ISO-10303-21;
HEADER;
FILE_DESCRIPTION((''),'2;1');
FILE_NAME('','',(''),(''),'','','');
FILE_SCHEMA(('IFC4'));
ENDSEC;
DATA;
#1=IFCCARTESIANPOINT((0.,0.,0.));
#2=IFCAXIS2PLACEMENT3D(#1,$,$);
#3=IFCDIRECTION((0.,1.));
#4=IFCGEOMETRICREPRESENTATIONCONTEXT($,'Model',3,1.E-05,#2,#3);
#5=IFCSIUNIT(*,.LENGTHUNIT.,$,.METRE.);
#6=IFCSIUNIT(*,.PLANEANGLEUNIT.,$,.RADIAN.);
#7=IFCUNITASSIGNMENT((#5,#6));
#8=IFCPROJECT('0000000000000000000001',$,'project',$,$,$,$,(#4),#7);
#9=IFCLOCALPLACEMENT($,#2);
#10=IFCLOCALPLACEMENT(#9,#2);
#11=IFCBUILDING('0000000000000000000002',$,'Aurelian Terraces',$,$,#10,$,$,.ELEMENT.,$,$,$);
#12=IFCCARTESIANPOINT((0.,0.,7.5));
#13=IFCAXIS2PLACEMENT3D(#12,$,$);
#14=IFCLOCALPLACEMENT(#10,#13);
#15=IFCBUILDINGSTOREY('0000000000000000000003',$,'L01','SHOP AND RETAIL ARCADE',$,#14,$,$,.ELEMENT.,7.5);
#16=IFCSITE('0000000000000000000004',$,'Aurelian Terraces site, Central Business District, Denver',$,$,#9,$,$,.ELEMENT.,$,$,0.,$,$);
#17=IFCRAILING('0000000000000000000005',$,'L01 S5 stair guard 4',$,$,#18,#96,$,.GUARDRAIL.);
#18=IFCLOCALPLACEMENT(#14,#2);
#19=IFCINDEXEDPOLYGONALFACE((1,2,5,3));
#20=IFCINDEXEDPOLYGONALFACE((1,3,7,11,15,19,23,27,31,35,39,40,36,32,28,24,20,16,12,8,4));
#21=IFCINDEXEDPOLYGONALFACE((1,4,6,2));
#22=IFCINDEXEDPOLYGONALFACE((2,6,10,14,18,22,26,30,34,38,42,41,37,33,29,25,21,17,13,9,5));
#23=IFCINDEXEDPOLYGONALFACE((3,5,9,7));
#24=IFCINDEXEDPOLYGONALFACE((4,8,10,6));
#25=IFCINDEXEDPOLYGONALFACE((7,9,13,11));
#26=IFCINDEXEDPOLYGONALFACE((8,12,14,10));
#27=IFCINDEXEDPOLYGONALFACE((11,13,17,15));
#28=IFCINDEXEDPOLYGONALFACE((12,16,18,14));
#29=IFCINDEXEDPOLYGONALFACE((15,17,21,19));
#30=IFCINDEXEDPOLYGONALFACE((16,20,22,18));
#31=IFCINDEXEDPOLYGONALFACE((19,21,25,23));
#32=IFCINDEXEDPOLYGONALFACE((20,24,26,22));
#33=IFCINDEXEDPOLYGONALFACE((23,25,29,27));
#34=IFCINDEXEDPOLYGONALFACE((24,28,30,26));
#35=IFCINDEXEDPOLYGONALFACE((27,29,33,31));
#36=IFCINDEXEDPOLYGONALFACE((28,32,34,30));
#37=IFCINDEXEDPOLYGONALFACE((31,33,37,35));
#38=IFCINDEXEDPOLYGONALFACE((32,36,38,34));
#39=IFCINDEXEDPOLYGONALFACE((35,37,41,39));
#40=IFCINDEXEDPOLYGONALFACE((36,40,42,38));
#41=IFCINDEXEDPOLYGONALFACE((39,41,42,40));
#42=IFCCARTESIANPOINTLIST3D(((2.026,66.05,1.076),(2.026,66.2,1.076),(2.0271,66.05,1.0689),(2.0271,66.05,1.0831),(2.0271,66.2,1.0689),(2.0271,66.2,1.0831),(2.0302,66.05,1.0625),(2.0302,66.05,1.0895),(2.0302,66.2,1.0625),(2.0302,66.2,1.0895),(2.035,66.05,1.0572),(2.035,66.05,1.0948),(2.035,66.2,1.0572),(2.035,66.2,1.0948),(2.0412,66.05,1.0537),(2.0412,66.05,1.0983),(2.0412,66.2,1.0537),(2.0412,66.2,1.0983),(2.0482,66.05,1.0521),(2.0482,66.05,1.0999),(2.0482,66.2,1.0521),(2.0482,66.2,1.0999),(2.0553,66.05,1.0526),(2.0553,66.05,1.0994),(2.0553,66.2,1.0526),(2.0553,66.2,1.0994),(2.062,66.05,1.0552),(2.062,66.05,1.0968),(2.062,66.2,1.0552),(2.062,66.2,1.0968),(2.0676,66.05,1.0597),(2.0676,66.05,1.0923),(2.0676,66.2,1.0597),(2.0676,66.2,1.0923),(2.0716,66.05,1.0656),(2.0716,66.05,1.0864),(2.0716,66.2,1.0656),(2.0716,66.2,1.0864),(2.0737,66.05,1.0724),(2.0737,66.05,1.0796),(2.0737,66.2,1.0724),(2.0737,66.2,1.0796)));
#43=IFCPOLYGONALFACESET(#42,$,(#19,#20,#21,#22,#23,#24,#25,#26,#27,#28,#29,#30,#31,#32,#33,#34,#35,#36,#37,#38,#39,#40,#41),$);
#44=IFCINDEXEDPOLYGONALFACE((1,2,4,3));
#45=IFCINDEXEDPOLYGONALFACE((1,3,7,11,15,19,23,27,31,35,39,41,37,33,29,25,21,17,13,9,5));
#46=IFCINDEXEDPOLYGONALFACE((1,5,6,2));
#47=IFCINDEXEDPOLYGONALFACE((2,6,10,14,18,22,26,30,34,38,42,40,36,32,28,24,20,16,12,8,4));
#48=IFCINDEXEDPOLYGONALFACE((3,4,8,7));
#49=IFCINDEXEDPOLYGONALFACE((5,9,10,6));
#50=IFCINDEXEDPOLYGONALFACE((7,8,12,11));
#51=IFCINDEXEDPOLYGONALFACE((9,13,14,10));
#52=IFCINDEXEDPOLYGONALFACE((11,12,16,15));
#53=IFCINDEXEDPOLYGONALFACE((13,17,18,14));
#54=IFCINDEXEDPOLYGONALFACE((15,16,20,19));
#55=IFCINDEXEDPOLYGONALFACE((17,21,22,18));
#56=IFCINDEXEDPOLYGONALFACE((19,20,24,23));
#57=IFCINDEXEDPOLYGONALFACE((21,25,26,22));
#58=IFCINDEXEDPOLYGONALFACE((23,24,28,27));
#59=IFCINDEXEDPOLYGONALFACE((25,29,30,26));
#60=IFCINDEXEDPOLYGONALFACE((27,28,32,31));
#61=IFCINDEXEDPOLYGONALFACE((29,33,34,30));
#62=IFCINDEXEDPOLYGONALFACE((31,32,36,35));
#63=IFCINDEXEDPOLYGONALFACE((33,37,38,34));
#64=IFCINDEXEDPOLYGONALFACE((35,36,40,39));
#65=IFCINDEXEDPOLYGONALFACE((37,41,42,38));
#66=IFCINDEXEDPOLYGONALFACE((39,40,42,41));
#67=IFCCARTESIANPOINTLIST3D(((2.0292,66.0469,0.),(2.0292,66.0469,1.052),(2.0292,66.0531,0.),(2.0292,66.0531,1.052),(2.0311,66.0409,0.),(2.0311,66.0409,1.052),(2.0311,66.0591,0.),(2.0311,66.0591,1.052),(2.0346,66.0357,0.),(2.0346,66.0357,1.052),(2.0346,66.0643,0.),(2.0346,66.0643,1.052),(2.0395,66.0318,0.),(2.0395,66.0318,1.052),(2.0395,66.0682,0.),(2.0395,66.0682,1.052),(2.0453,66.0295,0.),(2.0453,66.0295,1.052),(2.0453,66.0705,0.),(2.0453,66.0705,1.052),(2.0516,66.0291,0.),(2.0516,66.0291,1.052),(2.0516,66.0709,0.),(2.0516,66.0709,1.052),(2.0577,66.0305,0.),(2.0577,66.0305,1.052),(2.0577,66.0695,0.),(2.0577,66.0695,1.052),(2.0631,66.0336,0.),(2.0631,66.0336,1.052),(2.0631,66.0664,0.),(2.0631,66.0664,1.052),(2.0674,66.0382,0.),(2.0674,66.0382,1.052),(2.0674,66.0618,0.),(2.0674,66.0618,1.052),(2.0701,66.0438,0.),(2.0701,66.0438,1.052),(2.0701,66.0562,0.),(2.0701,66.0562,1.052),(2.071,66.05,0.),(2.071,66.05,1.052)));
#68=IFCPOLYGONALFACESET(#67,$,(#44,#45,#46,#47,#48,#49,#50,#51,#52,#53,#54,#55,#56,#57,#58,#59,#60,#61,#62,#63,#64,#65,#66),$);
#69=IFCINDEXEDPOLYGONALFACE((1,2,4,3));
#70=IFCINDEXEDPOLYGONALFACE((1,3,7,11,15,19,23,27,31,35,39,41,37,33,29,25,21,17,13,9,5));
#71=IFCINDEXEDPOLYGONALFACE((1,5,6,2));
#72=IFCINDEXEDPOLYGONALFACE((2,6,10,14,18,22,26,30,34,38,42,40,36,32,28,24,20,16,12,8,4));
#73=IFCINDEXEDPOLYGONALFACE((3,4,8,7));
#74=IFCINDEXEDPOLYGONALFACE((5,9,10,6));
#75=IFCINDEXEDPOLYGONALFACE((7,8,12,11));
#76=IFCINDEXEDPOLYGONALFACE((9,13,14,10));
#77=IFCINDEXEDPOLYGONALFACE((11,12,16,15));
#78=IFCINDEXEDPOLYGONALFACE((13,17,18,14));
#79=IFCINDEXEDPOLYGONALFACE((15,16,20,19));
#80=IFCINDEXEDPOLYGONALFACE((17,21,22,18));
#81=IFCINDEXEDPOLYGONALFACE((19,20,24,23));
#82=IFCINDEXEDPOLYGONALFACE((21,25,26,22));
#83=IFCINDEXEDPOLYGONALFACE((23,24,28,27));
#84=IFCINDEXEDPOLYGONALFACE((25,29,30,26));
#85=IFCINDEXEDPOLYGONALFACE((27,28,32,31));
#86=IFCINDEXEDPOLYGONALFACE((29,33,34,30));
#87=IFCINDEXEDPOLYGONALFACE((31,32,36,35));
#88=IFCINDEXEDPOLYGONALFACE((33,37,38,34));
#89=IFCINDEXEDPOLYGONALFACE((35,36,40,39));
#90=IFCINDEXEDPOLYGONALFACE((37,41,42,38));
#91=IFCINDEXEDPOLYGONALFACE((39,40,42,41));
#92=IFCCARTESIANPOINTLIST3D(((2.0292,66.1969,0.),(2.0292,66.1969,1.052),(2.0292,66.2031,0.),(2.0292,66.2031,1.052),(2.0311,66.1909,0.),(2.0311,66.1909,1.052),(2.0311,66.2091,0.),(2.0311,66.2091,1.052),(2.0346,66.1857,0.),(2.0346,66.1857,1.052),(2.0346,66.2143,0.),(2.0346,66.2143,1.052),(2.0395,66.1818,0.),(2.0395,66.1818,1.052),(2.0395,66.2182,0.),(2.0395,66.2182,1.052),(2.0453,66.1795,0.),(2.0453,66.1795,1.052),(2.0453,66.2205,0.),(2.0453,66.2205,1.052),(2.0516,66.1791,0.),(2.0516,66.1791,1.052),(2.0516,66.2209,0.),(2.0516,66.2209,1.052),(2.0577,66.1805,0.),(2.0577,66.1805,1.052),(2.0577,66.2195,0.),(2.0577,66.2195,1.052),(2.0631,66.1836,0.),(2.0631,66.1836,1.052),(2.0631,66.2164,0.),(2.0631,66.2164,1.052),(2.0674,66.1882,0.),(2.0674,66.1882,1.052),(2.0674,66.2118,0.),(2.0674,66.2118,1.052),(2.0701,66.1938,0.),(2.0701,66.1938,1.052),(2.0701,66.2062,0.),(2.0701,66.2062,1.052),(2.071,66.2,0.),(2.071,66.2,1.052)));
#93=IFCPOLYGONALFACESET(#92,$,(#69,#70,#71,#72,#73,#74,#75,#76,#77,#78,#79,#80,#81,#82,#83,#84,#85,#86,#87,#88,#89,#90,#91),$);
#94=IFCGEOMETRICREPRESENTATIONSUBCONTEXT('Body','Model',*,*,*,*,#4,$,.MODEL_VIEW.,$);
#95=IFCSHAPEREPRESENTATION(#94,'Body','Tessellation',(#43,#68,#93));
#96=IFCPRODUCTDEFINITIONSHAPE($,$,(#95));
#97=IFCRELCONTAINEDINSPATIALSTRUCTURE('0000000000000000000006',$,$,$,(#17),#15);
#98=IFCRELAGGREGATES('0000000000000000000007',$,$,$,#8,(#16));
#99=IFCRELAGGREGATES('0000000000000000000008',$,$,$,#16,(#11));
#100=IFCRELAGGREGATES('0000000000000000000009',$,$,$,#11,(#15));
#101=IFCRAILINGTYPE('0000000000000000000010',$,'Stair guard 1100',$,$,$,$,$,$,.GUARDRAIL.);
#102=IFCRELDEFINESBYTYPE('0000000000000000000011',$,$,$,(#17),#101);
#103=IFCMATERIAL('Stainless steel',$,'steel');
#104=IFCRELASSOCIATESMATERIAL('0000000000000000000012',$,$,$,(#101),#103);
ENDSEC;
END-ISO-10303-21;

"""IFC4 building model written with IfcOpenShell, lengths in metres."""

from ifc_helpers import new_model, si_unit, direction, frame, origin, origin_2d, place, context, subcontext, project, spatial, circle, extrude, source, transform, mapped, material, type_object, element, save


model = new_model("IFC4")

# Units and contexts
model_context = context("Model", 3, precision=1e-05, world=origin(), true_north=direction((0.0, 1.0)))
body_context = subcontext(model_context, "Body", "Model", "MODEL_VIEW")
ifc_project = project(units=[si_unit("LENGTHUNIT", "METRE"), si_unit("PLANEANGLEUNIT", "RADIAN")], contexts=[model_context])

# Site, building, storey
site_placement = place(None, origin())
site = spatial("IfcSite", under=ifc_project, at=site_placement, Name="Aurelian Terraces site, Central Business District, Denver", CompositionType="ELEMENT", RefElevation=0.0)
building_placement = place(site_placement, origin())
building = spatial("IfcBuilding", under=site, at=building_placement, Name="Aurelian Terraces", CompositionType="ELEMENT")
storey_placement = place(building_placement, frame((0.0, 0.0, 7.5)))
storey = spatial("IfcBuildingStorey", under=building, at=storey_placement, Name="L01", Description="SHOP AND RETAIL ARCADE", CompositionType="ELEMENT", Elevation=7.5)

# Railing
ifc_material_1 = material(Name="Stainless steel", Category="steel")
railing_type = type_object("IfcRailingType", Name="Stair guard 1100", PredefinedType="GUARDRAIL", material=ifc_material_1)
shared_shape_1 = source(origin(), body_context, "Body", "SweptSolid", [
    extrude(circle(Radius=0.024, at=origin_2d()), frame((0.0, 0.0, 1.076), z_axis=(0.0, 1.0, 0.0), x_axis=(-1.0, 0.0, 0.0)), (0.0, 0.0, 1.0), 0.15),
    extrude(circle(Radius=0.021, at=origin_2d()), origin(), (0.0, 0.0, 1.0), 1.052),
    extrude(circle(Radius=0.021, at=origin_2d()), frame((0.0, 0.15, 0.0)), (0.0, 0.0, 1.0), 1.052),
])
railing_1_placement = place(storey_placement, frame((2.05, 66.05, 0.0)))
element("IfcRailing", 1, at=railing_1_placement, inside=storey, type_object=railing_type, Name="L01 S5 stair guard 4", PredefinedType="GUARDRAIL", context=body_context, shape_type="MappedRepresentation", body=[
    mapped(shared_shape_1, transform((0.0, 0.0, 0.0), scale=1.0)),
])

save(model, "model.ifc")
